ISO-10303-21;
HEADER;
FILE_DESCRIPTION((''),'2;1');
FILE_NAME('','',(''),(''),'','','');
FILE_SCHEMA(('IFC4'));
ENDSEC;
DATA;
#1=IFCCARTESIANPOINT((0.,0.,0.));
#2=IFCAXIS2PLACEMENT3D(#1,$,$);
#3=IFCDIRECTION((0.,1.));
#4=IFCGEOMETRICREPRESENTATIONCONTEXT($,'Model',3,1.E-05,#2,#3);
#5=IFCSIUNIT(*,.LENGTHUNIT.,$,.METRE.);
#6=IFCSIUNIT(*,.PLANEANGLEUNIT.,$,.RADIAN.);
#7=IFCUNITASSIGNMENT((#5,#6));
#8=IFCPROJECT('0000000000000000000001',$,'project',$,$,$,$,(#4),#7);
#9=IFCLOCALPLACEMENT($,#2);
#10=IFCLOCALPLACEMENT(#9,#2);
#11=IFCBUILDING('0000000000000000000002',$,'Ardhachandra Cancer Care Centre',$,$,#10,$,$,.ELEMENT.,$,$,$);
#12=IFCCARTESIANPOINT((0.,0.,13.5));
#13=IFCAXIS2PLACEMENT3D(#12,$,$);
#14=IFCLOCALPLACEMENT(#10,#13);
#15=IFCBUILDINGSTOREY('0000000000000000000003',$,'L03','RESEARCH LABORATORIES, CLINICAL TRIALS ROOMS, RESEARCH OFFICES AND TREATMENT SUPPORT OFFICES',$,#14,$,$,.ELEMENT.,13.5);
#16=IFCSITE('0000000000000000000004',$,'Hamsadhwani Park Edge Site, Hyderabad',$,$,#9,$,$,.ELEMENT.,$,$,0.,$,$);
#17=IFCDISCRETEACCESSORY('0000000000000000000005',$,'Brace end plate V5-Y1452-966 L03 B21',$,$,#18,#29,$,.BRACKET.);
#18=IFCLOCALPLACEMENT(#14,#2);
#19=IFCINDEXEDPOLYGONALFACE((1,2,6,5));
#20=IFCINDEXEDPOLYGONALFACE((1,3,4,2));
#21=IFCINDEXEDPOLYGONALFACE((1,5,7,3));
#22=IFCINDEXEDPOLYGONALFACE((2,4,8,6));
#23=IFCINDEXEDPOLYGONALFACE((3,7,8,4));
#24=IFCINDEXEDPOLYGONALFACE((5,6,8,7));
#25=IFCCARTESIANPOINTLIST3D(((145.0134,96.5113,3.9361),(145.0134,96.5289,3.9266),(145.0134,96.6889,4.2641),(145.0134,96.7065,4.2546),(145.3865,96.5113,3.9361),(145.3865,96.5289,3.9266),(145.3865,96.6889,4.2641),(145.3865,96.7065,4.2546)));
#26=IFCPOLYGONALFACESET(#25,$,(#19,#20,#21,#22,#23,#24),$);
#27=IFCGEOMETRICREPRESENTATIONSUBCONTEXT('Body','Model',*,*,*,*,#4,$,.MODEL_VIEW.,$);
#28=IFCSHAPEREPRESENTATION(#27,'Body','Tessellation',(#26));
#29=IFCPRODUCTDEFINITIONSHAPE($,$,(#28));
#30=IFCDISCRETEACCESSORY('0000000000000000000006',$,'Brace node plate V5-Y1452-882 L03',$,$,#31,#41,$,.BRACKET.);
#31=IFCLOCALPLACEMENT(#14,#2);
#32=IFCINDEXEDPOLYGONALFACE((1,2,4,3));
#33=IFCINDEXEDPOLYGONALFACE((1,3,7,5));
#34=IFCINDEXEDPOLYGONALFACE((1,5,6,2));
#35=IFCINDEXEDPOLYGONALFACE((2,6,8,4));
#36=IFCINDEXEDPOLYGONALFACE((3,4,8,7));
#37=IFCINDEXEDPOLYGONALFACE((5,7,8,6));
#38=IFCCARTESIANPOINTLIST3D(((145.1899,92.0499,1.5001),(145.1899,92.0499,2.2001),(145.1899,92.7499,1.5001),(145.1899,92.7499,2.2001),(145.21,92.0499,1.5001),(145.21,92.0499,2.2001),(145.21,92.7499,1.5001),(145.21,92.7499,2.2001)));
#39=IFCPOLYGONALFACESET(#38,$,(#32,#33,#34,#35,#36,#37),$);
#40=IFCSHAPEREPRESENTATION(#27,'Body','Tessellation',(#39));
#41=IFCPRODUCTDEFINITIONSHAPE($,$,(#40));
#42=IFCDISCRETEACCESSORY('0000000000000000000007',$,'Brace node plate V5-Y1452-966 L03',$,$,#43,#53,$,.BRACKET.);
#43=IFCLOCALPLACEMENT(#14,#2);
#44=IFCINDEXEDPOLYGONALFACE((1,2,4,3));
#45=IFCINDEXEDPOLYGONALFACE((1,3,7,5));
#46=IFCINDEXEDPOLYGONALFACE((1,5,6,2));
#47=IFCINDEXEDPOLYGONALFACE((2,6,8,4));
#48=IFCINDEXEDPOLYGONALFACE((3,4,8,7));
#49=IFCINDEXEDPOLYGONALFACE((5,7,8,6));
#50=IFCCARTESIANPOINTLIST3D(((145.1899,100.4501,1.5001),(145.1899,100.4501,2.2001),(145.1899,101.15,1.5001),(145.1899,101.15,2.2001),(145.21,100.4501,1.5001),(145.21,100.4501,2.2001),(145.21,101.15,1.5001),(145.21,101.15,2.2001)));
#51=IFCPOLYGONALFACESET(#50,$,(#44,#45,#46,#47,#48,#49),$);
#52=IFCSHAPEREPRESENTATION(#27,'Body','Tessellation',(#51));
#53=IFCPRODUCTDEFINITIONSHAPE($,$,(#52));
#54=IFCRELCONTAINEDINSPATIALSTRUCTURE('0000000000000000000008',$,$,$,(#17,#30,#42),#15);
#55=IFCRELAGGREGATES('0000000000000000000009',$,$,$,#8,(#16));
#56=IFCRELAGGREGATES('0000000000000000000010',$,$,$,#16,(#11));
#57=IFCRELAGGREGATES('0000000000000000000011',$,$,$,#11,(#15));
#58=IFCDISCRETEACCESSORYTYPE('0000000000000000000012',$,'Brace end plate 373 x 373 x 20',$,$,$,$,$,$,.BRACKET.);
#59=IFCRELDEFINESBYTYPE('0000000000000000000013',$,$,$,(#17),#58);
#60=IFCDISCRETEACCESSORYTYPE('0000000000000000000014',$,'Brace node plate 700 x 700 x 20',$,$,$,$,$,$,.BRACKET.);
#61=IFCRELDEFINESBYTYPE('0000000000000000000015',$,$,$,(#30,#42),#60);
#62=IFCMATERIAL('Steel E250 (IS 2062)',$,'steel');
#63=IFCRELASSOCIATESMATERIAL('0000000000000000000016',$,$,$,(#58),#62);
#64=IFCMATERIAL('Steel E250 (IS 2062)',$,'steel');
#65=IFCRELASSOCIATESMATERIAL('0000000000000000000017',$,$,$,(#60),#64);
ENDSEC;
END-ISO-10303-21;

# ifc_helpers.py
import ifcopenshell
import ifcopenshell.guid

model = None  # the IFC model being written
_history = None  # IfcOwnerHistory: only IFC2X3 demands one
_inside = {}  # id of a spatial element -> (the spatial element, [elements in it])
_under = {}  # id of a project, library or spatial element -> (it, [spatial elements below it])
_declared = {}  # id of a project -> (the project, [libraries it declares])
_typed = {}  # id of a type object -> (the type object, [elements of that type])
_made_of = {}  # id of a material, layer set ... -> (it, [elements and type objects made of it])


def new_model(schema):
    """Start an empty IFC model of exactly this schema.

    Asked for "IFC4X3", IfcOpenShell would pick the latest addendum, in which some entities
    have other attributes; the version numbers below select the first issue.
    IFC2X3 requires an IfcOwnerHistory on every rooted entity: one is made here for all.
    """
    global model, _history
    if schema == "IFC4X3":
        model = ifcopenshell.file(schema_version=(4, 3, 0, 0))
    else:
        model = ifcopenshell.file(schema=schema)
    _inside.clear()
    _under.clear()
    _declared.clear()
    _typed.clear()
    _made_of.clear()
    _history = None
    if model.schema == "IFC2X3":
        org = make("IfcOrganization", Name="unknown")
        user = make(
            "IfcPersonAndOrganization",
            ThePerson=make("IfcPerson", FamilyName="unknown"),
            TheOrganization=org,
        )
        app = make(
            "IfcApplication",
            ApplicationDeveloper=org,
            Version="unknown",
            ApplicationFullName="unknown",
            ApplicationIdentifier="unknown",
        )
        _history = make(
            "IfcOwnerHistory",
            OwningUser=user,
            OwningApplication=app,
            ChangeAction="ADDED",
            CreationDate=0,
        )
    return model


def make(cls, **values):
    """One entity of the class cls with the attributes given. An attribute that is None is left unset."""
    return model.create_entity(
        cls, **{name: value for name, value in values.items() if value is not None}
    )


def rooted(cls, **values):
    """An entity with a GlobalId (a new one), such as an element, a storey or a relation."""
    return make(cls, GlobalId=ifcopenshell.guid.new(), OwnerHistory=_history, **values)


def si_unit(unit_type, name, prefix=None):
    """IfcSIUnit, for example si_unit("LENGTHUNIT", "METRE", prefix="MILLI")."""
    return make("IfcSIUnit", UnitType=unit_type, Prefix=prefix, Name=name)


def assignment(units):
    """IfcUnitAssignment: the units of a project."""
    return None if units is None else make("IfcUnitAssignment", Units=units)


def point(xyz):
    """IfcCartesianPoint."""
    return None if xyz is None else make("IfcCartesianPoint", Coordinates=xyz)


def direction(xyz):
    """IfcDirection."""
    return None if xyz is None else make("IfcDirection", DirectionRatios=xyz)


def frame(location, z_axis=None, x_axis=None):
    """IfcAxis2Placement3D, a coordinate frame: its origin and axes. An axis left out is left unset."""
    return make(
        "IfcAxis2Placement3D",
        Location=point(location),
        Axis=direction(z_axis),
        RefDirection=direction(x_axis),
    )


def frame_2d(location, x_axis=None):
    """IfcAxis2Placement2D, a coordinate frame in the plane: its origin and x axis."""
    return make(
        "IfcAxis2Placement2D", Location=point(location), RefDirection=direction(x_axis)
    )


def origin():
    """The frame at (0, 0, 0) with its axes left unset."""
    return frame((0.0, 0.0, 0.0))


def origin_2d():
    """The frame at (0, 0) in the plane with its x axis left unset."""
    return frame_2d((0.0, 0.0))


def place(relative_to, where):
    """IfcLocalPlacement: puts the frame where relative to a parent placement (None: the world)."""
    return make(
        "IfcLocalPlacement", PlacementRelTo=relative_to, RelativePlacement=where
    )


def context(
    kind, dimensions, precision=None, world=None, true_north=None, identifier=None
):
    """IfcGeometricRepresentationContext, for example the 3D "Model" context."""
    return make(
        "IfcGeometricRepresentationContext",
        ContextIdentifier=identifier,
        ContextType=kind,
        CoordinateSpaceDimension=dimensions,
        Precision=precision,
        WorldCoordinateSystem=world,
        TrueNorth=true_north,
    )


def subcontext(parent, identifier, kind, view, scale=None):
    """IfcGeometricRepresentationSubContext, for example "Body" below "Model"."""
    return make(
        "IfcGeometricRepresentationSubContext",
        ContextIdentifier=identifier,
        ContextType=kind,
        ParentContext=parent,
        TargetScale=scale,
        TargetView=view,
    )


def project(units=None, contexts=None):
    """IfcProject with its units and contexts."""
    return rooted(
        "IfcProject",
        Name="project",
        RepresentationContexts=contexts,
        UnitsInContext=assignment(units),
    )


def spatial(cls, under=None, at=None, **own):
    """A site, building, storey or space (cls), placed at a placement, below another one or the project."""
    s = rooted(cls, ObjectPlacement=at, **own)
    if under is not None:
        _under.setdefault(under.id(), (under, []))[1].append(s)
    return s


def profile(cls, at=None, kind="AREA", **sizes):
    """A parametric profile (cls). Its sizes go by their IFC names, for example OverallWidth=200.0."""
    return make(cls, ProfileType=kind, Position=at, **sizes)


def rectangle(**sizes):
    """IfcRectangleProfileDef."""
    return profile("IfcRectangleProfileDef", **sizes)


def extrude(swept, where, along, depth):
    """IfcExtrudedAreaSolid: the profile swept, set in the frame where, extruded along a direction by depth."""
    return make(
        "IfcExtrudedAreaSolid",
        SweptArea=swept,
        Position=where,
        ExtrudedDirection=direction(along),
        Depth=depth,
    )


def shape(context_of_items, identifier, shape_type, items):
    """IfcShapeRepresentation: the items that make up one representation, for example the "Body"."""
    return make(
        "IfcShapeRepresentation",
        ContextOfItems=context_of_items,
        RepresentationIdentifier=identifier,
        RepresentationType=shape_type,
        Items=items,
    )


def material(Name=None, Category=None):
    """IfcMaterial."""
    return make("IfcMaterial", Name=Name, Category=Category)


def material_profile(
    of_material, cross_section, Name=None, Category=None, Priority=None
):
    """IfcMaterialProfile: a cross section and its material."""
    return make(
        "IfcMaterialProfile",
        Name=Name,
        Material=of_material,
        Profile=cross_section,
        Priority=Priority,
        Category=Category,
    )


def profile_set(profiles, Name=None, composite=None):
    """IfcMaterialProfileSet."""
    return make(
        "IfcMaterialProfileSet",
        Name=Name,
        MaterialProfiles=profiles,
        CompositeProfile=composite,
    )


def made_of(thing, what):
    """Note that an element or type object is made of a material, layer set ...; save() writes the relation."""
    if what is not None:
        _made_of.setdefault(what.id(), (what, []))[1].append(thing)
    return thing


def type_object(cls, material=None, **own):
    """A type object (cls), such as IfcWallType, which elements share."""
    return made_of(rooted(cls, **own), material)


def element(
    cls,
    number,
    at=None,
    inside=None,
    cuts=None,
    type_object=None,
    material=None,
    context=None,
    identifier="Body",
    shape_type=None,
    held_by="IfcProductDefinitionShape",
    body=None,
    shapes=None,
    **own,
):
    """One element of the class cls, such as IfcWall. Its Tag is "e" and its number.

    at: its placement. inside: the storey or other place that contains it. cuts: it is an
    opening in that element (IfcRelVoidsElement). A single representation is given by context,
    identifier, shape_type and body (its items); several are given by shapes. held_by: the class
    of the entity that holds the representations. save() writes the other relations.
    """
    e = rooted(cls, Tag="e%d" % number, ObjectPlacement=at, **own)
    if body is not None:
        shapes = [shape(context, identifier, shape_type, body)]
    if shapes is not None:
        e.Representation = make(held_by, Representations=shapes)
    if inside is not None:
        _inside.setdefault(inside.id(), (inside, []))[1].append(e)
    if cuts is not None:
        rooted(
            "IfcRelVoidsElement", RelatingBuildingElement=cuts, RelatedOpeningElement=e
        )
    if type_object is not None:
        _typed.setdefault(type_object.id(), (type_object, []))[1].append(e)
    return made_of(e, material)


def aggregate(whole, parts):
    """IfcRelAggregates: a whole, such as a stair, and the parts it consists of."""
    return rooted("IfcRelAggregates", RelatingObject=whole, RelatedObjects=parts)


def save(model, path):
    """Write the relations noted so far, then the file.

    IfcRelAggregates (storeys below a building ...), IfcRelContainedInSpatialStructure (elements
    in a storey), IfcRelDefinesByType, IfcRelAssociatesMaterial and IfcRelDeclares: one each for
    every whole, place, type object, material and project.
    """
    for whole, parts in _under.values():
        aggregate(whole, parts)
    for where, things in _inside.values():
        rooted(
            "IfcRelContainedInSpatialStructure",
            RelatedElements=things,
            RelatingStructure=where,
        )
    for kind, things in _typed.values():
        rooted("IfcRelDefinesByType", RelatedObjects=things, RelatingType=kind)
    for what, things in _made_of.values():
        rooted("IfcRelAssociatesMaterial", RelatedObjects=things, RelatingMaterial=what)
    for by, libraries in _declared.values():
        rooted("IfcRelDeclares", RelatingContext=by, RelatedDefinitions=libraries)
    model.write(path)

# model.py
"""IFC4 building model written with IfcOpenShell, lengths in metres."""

from ifc_helpers import new_model, si_unit, direction, frame, origin, origin_2d, place, context, subcontext, project, spatial, rectangle, extrude, material, material_profile, profile_set, type_object, element, save


model = new_model("IFC4")

# Units and contexts
model_context = context("Model", 3, precision=1e-05, world=origin(), true_north=direction((0.0, 1.0)))
body_context = subcontext(model_context, "Body", "Model", "MODEL_VIEW")
ifc_project = project(units=[si_unit("LENGTHUNIT", "METRE"), si_unit("PLANEANGLEUNIT", "RADIAN")], contexts=[model_context])

# Site, building, storey
site_placement = place(None, origin())
site = spatial("IfcSite", under=ifc_project, at=site_placement, Name="Hamsadhwani Park Edge Site, Hyderabad", CompositionType="ELEMENT", RefElevation=0.0)
building_placement = place(site_placement, origin())
building = spatial("IfcBuilding", under=site, at=building_placement, Name="Ardhachandra Cancer Care Centre", CompositionType="ELEMENT")
storey_placement = place(building_placement, frame((0.0, 0.0, 13.5)))
storey = spatial("IfcBuildingStorey", under=building, at=storey_placement, Name="L03", Description="RESEARCH LABORATORIES, CLINICAL TRIALS ROOMS, RESEARCH OFFICES AND TREATMENT SUPPORT OFFICES", CompositionType="ELEMENT", Elevation=13.5)

# Discrete accessories
ifc_material_1 = material(Name="Steel E250 (IS 2062)", Category="steel")
ifc_material_profile_1 = material_profile(ifc_material_1, rectangle(XDim=0.373, YDim=0.373, at=origin_2d()), Name="PL 373x373x20")
ifc_profile_set_1 = profile_set([ifc_material_profile_1], Name="Steel E250 (IS 2062)")
discrete_accessory_type_1 = type_object("IfcDiscreteAccessoryType", Name="Brace end plate 373 x 373 x 20", PredefinedType="BRACKET", material=ifc_profile_set_1)
discrete_accessory_1_placement = place(storey_placement, frame((145.2, 96.6001, 4.1001), z_axis=(0.0, 0.879292, -0.476283), x_axis=(-1.0, 0.0, 0.0)))
element("IfcDiscreteAccessory", 1, at=discrete_accessory_1_placement, inside=storey, type_object=discrete_accessory_type_1, Name="Brace end plate V5-Y1452-966 L03 B21", PredefinedType="BRACKET", context=body_context, shape_type="SweptSolid", body=[
    extrude(rectangle(XDim=0.373, YDim=0.373, at=origin_2d()), origin(), (0.0, 0.0, 1.0), 0.02),
])
ifc_material_2 = material(Name="Steel E250 (IS 2062)", Category="steel")
ifc_material_profile_2 = material_profile(ifc_material_2, rectangle(XDim=0.7, YDim=0.7, at=origin_2d()), Name="PL 700x700x20")
ifc_profile_set_2 = profile_set([ifc_material_profile_2], Name="Steel E250 (IS 2062)")
discrete_accessory_type_2 = type_object("IfcDiscreteAccessoryType", Name="Brace node plate 700 x 700 x 20", PredefinedType="BRACKET", material=ifc_profile_set_2)
for number, where, z_axis, x_axis, name in (
    (2, (145.1899, 92.3999, 1.8501), (1.0, 0.0, 0.0), (0.0, 1.0, 0.0), "Brace node plate V5-Y1452-882 L03"),
    (3, (145.1899, 100.8, 1.8501), (1.0, 0.0, 0.0), (0.0, 1.0, 0.0), "Brace node plate V5-Y1452-966 L03"),
):
    element("IfcDiscreteAccessory", number, at=place(storey_placement, frame(where, z_axis=z_axis, x_axis=x_axis)), inside=storey, type_object=discrete_accessory_type_2, Name=name, PredefinedType="BRACKET", context=body_context, shape_type="SweptSolid", body=[
        extrude(rectangle(XDim=0.7, YDim=0.7, at=origin_2d()), origin(), (0.0, 0.0, 1.0), 0.02),
    ])

save(model, "model.ifc")
